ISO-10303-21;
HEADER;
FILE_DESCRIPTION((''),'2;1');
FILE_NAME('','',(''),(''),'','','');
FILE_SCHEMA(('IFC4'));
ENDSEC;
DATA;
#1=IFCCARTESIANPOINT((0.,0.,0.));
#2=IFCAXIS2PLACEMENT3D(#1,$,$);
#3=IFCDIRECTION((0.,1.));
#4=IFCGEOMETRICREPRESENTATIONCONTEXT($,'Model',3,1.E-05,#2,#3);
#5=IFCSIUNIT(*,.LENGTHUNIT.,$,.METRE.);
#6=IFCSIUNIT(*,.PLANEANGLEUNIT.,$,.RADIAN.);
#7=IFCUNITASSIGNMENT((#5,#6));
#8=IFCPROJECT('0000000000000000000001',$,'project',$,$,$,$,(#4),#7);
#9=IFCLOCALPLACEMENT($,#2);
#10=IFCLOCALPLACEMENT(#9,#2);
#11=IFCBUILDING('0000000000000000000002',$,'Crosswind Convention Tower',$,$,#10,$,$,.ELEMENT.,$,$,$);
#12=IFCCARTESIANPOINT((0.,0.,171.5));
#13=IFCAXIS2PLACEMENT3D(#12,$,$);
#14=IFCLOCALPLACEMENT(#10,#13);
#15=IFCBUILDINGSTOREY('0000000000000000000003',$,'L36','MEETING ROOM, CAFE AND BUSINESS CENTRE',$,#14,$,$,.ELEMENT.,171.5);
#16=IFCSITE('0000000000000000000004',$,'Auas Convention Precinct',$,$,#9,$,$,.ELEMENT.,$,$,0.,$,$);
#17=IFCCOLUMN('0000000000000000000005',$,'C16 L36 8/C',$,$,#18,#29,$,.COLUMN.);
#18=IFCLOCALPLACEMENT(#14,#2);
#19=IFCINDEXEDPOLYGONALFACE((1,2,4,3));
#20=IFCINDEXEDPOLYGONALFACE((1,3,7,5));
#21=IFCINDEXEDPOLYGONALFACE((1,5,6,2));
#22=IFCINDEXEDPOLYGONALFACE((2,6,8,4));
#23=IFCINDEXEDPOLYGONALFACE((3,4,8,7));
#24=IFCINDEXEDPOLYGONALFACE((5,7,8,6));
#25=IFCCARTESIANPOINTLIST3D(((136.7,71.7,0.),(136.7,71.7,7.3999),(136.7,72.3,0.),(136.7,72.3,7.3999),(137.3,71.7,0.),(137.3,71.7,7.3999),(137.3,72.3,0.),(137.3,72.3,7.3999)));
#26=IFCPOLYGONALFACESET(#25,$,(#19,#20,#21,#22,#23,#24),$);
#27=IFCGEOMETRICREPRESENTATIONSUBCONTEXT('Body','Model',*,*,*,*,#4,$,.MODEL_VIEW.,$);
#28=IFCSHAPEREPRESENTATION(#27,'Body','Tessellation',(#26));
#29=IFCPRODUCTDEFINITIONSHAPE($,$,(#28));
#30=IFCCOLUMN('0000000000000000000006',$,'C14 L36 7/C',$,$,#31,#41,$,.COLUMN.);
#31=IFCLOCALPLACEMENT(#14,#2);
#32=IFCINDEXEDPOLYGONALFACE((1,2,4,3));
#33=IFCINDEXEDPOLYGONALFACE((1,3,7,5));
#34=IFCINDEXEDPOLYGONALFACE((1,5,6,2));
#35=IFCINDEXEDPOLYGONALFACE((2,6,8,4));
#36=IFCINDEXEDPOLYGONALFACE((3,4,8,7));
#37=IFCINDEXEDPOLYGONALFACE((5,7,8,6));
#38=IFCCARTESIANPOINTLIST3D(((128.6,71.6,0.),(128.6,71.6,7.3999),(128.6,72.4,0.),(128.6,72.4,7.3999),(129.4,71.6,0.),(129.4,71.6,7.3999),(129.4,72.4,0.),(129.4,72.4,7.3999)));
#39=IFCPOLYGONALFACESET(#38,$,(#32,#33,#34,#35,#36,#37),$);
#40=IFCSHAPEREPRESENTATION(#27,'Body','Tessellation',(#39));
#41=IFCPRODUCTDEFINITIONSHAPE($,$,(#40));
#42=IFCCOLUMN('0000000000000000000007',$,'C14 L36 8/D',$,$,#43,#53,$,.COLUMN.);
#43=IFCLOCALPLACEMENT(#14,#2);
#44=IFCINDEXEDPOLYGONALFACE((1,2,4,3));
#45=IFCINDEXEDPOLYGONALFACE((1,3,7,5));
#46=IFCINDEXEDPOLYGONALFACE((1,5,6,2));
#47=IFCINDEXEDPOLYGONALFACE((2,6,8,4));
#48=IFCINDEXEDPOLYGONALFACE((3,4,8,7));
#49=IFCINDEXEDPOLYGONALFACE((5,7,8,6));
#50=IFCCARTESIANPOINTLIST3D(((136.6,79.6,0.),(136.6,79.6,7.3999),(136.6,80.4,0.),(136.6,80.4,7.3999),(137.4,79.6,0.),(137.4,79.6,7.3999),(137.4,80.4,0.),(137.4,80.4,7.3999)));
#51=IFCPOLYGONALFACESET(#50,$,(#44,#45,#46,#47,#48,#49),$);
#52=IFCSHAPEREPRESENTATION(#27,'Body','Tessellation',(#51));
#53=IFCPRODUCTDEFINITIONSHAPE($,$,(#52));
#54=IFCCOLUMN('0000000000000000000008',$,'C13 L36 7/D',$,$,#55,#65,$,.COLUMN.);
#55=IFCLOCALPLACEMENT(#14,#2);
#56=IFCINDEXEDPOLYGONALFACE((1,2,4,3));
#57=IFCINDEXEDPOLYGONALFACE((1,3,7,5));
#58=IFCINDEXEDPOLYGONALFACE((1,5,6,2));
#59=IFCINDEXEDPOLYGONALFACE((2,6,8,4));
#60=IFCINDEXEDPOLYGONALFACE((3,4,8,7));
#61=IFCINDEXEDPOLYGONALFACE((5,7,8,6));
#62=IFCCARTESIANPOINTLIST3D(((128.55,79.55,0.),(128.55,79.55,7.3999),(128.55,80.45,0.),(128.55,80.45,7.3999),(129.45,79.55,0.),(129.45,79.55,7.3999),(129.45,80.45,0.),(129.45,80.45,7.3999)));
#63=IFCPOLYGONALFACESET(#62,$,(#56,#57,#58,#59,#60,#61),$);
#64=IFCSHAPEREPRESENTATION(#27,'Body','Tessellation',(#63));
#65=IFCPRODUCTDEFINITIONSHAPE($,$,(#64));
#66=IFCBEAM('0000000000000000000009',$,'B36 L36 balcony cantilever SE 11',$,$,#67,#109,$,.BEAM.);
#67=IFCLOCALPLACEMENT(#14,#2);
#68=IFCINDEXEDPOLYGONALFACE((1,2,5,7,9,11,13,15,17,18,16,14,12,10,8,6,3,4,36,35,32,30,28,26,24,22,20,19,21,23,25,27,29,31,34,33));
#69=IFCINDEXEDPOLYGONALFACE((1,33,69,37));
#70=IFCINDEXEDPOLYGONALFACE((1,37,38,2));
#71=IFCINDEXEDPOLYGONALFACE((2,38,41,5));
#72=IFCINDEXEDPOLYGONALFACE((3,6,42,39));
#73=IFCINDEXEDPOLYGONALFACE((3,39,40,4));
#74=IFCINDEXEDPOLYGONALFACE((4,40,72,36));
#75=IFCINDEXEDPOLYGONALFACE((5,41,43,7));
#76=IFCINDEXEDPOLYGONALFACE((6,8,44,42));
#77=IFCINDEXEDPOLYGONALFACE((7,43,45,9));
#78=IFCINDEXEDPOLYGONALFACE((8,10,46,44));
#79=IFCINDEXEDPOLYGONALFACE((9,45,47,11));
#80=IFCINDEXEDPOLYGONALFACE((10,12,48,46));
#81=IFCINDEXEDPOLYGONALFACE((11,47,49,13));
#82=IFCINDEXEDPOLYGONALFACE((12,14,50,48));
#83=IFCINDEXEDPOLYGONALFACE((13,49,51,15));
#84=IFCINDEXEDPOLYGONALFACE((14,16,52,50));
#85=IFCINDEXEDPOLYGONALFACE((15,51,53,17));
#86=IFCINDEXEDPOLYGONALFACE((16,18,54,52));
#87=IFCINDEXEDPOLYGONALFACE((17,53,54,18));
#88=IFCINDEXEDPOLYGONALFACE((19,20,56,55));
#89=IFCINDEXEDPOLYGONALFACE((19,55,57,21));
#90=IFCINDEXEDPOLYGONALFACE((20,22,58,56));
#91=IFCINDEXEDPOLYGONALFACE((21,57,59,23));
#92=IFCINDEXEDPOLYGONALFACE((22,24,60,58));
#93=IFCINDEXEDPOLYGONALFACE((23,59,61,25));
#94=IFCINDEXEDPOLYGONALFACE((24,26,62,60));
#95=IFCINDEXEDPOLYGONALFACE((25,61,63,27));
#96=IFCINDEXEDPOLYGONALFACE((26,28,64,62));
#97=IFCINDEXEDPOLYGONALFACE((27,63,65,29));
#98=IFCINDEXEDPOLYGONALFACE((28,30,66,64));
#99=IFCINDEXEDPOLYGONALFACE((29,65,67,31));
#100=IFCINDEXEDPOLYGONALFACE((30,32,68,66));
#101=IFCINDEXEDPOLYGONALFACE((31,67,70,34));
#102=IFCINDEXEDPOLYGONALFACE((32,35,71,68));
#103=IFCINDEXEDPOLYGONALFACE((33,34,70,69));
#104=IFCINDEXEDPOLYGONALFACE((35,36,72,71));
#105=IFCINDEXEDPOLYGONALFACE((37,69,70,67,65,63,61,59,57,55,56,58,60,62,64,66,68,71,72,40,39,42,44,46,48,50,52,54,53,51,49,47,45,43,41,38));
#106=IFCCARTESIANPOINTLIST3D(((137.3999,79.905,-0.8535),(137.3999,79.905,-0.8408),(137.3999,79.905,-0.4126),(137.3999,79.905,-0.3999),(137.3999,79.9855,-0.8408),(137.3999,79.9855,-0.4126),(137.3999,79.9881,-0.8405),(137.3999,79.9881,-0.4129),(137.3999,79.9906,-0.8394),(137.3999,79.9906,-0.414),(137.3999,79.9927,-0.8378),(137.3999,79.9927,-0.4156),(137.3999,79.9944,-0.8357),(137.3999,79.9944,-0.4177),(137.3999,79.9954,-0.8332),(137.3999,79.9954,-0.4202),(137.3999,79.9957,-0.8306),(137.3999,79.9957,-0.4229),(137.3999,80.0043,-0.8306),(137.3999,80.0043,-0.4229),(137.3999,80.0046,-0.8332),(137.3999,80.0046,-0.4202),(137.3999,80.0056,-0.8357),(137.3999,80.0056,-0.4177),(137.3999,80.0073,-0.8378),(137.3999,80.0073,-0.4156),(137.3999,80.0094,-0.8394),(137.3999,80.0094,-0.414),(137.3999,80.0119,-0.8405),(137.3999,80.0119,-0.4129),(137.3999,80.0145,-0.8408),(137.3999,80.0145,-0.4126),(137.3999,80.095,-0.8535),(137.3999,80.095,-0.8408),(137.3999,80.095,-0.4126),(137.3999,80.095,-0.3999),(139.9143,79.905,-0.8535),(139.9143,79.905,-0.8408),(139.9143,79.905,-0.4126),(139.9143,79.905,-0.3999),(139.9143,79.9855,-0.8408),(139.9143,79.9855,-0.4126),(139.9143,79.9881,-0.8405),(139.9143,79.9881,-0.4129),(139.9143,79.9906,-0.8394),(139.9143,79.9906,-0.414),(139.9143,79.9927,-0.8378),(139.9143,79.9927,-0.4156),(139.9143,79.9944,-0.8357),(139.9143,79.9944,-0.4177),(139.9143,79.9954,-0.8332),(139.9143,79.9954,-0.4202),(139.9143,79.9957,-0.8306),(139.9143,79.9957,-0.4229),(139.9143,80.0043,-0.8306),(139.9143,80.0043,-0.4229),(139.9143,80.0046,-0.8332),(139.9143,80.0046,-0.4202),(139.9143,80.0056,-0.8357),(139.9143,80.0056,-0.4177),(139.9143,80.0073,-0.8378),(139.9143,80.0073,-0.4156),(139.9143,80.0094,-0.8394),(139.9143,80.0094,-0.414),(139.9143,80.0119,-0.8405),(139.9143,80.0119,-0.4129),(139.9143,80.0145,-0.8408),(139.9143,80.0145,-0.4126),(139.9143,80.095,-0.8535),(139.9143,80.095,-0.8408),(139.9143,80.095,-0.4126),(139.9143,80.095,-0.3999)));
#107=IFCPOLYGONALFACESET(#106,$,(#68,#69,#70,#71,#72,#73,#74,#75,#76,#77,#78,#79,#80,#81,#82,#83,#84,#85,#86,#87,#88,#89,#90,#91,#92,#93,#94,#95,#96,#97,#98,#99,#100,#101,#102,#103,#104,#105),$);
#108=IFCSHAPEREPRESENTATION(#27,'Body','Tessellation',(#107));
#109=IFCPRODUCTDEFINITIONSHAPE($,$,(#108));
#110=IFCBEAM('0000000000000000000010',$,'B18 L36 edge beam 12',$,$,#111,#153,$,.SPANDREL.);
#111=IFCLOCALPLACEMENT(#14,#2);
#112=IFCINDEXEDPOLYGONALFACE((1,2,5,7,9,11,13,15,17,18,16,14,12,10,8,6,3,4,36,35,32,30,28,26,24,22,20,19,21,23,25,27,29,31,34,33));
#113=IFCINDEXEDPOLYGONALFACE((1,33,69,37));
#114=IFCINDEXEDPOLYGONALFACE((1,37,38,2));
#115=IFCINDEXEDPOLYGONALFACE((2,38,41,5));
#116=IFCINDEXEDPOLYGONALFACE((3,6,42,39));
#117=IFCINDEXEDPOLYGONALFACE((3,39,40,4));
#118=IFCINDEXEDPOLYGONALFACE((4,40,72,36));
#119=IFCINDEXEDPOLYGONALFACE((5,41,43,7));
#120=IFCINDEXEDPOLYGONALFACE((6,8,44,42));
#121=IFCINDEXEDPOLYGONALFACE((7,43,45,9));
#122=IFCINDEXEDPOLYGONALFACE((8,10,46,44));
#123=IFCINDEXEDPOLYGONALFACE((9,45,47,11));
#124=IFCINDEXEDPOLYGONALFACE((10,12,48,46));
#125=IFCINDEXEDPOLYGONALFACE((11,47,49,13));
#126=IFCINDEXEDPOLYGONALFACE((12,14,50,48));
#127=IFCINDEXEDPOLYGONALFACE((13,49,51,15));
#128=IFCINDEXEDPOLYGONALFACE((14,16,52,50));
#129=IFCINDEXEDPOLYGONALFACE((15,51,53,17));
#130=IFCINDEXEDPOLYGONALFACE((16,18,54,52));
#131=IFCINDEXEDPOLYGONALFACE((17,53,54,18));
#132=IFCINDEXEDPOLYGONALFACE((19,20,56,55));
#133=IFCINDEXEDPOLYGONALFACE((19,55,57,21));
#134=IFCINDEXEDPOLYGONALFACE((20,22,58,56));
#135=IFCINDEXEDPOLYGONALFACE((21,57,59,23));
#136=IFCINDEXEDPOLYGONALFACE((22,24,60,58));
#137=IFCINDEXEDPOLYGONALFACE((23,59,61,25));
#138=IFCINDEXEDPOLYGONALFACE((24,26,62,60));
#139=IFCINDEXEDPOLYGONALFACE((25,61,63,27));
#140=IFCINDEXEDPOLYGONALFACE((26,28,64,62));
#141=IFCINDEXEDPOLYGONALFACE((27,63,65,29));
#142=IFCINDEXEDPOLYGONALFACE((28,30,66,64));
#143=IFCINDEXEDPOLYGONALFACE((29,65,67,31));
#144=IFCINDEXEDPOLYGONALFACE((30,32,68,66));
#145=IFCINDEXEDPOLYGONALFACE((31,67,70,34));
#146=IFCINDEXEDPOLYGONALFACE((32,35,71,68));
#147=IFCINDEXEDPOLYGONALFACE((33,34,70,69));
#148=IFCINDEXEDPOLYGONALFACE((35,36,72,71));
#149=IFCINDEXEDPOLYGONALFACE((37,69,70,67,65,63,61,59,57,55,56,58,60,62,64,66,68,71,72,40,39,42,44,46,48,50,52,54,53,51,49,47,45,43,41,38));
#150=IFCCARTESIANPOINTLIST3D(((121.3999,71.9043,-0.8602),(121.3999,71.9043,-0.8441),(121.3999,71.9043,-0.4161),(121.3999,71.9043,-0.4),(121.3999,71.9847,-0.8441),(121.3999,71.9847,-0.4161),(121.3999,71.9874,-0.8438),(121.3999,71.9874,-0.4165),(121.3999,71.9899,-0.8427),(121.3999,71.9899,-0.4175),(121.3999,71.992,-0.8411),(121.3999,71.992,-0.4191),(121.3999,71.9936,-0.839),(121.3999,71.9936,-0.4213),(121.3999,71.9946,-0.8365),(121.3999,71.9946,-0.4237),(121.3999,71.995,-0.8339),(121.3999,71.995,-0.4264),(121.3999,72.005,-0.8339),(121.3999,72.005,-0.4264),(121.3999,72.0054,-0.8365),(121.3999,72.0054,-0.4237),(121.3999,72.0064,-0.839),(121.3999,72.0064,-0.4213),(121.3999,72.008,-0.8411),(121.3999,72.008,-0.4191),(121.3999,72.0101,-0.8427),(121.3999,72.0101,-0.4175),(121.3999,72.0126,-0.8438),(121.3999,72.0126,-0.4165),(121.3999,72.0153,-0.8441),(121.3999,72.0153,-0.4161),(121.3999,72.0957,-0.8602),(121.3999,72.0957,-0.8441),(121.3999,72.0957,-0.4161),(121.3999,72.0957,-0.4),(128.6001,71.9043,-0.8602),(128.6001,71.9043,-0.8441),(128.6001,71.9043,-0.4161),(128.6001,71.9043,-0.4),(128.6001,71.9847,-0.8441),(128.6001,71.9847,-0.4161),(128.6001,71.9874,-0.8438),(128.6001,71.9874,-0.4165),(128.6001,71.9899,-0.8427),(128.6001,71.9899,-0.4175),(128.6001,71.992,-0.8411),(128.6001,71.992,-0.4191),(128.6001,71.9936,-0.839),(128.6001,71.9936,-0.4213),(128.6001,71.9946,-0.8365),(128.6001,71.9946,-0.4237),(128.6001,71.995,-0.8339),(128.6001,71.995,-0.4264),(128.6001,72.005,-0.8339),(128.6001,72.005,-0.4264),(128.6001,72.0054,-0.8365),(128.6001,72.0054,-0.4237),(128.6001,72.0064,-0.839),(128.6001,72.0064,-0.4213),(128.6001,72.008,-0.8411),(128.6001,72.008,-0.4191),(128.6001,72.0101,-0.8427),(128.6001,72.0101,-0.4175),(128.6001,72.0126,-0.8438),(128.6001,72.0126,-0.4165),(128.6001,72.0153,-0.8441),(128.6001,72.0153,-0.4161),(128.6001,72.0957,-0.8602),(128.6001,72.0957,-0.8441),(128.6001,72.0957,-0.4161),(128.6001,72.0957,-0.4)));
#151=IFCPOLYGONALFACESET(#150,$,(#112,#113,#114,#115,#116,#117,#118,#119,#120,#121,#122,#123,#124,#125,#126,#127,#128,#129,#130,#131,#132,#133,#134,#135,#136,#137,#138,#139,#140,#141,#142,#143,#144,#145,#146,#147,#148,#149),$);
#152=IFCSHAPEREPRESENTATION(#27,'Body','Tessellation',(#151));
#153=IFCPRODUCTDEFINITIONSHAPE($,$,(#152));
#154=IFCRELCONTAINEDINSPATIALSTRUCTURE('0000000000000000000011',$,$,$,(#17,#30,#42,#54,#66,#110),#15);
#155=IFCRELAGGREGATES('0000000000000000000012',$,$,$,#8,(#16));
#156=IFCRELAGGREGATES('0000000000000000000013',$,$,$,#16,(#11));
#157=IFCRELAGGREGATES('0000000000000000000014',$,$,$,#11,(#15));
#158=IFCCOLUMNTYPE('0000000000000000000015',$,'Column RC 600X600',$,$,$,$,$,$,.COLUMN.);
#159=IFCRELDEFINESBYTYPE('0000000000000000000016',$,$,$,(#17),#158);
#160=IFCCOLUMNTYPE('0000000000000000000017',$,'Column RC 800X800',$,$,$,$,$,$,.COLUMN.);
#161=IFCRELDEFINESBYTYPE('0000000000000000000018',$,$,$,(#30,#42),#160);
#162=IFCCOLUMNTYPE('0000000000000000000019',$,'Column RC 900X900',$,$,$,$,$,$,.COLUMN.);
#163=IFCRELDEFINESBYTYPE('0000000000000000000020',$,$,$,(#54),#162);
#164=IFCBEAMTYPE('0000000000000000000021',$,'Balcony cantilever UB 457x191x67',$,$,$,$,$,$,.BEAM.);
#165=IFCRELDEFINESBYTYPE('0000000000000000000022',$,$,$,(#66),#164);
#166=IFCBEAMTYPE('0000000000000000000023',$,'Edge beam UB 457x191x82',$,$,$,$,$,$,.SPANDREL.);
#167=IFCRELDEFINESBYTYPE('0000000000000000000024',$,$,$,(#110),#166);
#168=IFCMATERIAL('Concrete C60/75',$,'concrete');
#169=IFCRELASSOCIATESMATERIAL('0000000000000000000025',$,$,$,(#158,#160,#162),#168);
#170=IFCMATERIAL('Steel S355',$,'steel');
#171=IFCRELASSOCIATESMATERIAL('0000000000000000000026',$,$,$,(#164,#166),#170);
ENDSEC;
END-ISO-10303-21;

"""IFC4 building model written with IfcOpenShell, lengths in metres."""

from ifc_helpers import new_model, si_unit, direction, frame, origin, origin_2d, place, context, subcontext, project, spatial, rectangle, i_section, extrude, material, material_profile, profile_set, type_object, element, save


model = new_model("IFC4")

# Units and contexts
model_context = context("Model", 3, precision=1e-05, world=origin(), true_north=direction((0.0, 1.0)))
body_context = subcontext(model_context, "Body", "Model", "MODEL_VIEW")
ifc_project = project(units=[si_unit("LENGTHUNIT", "METRE"), si_unit("PLANEANGLEUNIT", "RADIAN")], contexts=[model_context])

# Site, building, storey
site_placement = place(None, origin())
site = spatial("IfcSite", under=ifc_project, at=site_placement, Name="Auas Convention Precinct", CompositionType="ELEMENT", RefElevation=0.0)
building_placement = place(site_placement, origin())
building = spatial("IfcBuilding", under=site, at=building_placement, Name="Crosswind Convention Tower", CompositionType="ELEMENT")
storey_placement = place(building_placement, frame((0.0, 0.0, 171.5)))
storey = spatial("IfcBuildingStorey", under=building, at=storey_placement, Name="L36", Description="MEETING ROOM, CAFE AND BUSINESS CENTRE", CompositionType="ELEMENT", Elevation=171.5)

# Columns
ifc_material_1 = material(Name="Concrete C60/75", Category="concrete")
ifc_material_profile_1 = material_profile(ifc_material_1, rectangle(XDim=0.6001, YDim=0.6001, at=origin_2d()), Name="RC 600X600")
ifc_profile_set_1 = profile_set([ifc_material_profile_1], Name="Concrete C60/75")
column_type_1 = type_object("IfcColumnType", Name="Column RC 600X600", PredefinedType="COLUMN", material=ifc_profile_set_1)
column_1_placement = place(storey_placement, frame((137.0, 72.0, 0.0), z_axis=(0.0, 0.0, 1.0), x_axis=(1.0, 0.0, 0.0)))
element("IfcColumn", 1, at=column_1_placement, inside=storey, type_object=column_type_1, Name="C16 L36 8/C", PredefinedType="COLUMN", context=body_context, shape_type="SweptSolid", body=[
    extrude(rectangle(XDim=0.6001, YDim=0.6001, at=origin_2d()), origin(), (0.0, 0.0, 1.0), 7.3999),
])
ifc_material_profile_2 = material_profile(ifc_material_1, rectangle(XDim=0.8, YDim=0.8, at=origin_2d()), Name="RC 800X800")
ifc_profile_set_2 = profile_set([ifc_material_profile_2], Name="Concrete C60/75")
column_type_2 = type_object("IfcColumnType", Name="Column RC 800X800", PredefinedType="COLUMN", material=ifc_profile_set_2)
for number, where, z_axis, x_axis, name in (
    (2, (129.0, 72.0, 0.0), (0.0, 0.0, 1.0), (1.0, 0.0, 0.0), "C14 L36 7/C"),
    (3, (137.0, 80.0, 0.0), (0.0, 0.0, 1.0), (1.0, 0.0, 0.0), "C14 L36 8/D"),
):
    element("IfcColumn", number, at=place(storey_placement, frame(where, z_axis=z_axis, x_axis=x_axis)), inside=storey, type_object=column_type_2, Name=name, PredefinedType="COLUMN", context=body_context, shape_type="SweptSolid", body=[
        extrude(rectangle(XDim=0.8, YDim=0.8, at=origin_2d()), origin(), (0.0, 0.0, 1.0), 7.3999),
    ])
ifc_material_profile_3 = material_profile(ifc_material_1, rectangle(XDim=0.8999, YDim=0.8999, at=origin_2d()), Name="RC 900X900")
ifc_profile_set_3 = profile_set([ifc_material_profile_3], Name="Concrete C60/75")
column_type_3 = type_object("IfcColumnType", Name="Column RC 900X900", PredefinedType="COLUMN", material=ifc_profile_set_3)
column_2_placement = place(storey_placement, frame((129.0, 80.0, 0.0), z_axis=(0.0, 0.0, 1.0), x_axis=(1.0, 0.0, 0.0)))
element("IfcColumn", 4, at=column_2_placement, inside=storey, type_object=column_type_3, Name="C13 L36 7/D", PredefinedType="COLUMN", context=body_context, shape_type="SweptSolid", body=[
    extrude(rectangle(XDim=0.8999, YDim=0.8999, at=origin_2d()), origin(), (0.0, 0.0, 1.0), 7.3999),
])

# Beams
ifc_material_2 = material(Name="Steel S355", Category="steel")
ifc_material_profile_4 = material_profile(ifc_material_2, i_section(OverallWidth=0.1899, OverallDepth=0.4536, WebThickness=0.0085, FlangeThickness=0.0127, FilletRadius=0.0103, at=origin_2d()), Name="UB 457x191x67")
ifc_profile_set_4 = profile_set([ifc_material_profile_4], Name="Steel S355")
beam_type_1 = type_object("IfcBeamType", Name="Balcony cantilever UB 457x191x67", PredefinedType="BEAM", material=ifc_profile_set_4)
beam_1_placement = place(storey_placement, frame((137.3999, 80.0, -0.6267), z_axis=(1.0, 0.0, 0.0), x_axis=(0.0, 1.0, 0.0)))
element("IfcBeam", 5, at=beam_1_placement, inside=storey, type_object=beam_type_1, Name="B36 L36 balcony cantilever SE 11", PredefinedType="BEAM", context=body_context, shape_type="SweptSolid", body=[
    extrude(i_section(OverallWidth=0.1899, OverallDepth=0.4536, WebThickness=0.0085, FlangeThickness=0.0127, FilletRadius=0.0103, at=origin_2d()), origin(), (0.0, 0.0, 1.0), 2.5144),
])
ifc_material_profile_5 = material_profile(ifc_material_2, i_section(OverallWidth=0.1914, OverallDepth=0.4602, WebThickness=0.01, FlangeThickness=0.0161, FilletRadius=0.0103, at=origin_2d()), Name="UB 457x191x82")
ifc_profile_set_5 = profile_set([ifc_material_profile_5], Name="Steel S355")
beam_type_2 = type_object("IfcBeamType", Name="Edge beam UB 457x191x82", PredefinedType="SPANDREL", material=ifc_profile_set_5)
beam_2_placement = place(storey_placement, frame((121.3999, 72.0, -0.6301), z_axis=(1.0, 0.0, 0.0), x_axis=(0.0, 1.0, 0.0)))
element("IfcBeam", 6, at=beam_2_placement, inside=storey, type_object=beam_type_2, Name="B18 L36 edge beam 12", PredefinedType="SPANDREL", context=body_context, shape_type="SweptSolid", body=[
    extrude(i_section(OverallWidth=0.1914, OverallDepth=0.4602, WebThickness=0.01, FlangeThickness=0.0161, FilletRadius=0.0103, at=origin_2d()), origin(), (0.0, 0.0, 1.0), 7.2002),
])

save(model, "model.ifc")
